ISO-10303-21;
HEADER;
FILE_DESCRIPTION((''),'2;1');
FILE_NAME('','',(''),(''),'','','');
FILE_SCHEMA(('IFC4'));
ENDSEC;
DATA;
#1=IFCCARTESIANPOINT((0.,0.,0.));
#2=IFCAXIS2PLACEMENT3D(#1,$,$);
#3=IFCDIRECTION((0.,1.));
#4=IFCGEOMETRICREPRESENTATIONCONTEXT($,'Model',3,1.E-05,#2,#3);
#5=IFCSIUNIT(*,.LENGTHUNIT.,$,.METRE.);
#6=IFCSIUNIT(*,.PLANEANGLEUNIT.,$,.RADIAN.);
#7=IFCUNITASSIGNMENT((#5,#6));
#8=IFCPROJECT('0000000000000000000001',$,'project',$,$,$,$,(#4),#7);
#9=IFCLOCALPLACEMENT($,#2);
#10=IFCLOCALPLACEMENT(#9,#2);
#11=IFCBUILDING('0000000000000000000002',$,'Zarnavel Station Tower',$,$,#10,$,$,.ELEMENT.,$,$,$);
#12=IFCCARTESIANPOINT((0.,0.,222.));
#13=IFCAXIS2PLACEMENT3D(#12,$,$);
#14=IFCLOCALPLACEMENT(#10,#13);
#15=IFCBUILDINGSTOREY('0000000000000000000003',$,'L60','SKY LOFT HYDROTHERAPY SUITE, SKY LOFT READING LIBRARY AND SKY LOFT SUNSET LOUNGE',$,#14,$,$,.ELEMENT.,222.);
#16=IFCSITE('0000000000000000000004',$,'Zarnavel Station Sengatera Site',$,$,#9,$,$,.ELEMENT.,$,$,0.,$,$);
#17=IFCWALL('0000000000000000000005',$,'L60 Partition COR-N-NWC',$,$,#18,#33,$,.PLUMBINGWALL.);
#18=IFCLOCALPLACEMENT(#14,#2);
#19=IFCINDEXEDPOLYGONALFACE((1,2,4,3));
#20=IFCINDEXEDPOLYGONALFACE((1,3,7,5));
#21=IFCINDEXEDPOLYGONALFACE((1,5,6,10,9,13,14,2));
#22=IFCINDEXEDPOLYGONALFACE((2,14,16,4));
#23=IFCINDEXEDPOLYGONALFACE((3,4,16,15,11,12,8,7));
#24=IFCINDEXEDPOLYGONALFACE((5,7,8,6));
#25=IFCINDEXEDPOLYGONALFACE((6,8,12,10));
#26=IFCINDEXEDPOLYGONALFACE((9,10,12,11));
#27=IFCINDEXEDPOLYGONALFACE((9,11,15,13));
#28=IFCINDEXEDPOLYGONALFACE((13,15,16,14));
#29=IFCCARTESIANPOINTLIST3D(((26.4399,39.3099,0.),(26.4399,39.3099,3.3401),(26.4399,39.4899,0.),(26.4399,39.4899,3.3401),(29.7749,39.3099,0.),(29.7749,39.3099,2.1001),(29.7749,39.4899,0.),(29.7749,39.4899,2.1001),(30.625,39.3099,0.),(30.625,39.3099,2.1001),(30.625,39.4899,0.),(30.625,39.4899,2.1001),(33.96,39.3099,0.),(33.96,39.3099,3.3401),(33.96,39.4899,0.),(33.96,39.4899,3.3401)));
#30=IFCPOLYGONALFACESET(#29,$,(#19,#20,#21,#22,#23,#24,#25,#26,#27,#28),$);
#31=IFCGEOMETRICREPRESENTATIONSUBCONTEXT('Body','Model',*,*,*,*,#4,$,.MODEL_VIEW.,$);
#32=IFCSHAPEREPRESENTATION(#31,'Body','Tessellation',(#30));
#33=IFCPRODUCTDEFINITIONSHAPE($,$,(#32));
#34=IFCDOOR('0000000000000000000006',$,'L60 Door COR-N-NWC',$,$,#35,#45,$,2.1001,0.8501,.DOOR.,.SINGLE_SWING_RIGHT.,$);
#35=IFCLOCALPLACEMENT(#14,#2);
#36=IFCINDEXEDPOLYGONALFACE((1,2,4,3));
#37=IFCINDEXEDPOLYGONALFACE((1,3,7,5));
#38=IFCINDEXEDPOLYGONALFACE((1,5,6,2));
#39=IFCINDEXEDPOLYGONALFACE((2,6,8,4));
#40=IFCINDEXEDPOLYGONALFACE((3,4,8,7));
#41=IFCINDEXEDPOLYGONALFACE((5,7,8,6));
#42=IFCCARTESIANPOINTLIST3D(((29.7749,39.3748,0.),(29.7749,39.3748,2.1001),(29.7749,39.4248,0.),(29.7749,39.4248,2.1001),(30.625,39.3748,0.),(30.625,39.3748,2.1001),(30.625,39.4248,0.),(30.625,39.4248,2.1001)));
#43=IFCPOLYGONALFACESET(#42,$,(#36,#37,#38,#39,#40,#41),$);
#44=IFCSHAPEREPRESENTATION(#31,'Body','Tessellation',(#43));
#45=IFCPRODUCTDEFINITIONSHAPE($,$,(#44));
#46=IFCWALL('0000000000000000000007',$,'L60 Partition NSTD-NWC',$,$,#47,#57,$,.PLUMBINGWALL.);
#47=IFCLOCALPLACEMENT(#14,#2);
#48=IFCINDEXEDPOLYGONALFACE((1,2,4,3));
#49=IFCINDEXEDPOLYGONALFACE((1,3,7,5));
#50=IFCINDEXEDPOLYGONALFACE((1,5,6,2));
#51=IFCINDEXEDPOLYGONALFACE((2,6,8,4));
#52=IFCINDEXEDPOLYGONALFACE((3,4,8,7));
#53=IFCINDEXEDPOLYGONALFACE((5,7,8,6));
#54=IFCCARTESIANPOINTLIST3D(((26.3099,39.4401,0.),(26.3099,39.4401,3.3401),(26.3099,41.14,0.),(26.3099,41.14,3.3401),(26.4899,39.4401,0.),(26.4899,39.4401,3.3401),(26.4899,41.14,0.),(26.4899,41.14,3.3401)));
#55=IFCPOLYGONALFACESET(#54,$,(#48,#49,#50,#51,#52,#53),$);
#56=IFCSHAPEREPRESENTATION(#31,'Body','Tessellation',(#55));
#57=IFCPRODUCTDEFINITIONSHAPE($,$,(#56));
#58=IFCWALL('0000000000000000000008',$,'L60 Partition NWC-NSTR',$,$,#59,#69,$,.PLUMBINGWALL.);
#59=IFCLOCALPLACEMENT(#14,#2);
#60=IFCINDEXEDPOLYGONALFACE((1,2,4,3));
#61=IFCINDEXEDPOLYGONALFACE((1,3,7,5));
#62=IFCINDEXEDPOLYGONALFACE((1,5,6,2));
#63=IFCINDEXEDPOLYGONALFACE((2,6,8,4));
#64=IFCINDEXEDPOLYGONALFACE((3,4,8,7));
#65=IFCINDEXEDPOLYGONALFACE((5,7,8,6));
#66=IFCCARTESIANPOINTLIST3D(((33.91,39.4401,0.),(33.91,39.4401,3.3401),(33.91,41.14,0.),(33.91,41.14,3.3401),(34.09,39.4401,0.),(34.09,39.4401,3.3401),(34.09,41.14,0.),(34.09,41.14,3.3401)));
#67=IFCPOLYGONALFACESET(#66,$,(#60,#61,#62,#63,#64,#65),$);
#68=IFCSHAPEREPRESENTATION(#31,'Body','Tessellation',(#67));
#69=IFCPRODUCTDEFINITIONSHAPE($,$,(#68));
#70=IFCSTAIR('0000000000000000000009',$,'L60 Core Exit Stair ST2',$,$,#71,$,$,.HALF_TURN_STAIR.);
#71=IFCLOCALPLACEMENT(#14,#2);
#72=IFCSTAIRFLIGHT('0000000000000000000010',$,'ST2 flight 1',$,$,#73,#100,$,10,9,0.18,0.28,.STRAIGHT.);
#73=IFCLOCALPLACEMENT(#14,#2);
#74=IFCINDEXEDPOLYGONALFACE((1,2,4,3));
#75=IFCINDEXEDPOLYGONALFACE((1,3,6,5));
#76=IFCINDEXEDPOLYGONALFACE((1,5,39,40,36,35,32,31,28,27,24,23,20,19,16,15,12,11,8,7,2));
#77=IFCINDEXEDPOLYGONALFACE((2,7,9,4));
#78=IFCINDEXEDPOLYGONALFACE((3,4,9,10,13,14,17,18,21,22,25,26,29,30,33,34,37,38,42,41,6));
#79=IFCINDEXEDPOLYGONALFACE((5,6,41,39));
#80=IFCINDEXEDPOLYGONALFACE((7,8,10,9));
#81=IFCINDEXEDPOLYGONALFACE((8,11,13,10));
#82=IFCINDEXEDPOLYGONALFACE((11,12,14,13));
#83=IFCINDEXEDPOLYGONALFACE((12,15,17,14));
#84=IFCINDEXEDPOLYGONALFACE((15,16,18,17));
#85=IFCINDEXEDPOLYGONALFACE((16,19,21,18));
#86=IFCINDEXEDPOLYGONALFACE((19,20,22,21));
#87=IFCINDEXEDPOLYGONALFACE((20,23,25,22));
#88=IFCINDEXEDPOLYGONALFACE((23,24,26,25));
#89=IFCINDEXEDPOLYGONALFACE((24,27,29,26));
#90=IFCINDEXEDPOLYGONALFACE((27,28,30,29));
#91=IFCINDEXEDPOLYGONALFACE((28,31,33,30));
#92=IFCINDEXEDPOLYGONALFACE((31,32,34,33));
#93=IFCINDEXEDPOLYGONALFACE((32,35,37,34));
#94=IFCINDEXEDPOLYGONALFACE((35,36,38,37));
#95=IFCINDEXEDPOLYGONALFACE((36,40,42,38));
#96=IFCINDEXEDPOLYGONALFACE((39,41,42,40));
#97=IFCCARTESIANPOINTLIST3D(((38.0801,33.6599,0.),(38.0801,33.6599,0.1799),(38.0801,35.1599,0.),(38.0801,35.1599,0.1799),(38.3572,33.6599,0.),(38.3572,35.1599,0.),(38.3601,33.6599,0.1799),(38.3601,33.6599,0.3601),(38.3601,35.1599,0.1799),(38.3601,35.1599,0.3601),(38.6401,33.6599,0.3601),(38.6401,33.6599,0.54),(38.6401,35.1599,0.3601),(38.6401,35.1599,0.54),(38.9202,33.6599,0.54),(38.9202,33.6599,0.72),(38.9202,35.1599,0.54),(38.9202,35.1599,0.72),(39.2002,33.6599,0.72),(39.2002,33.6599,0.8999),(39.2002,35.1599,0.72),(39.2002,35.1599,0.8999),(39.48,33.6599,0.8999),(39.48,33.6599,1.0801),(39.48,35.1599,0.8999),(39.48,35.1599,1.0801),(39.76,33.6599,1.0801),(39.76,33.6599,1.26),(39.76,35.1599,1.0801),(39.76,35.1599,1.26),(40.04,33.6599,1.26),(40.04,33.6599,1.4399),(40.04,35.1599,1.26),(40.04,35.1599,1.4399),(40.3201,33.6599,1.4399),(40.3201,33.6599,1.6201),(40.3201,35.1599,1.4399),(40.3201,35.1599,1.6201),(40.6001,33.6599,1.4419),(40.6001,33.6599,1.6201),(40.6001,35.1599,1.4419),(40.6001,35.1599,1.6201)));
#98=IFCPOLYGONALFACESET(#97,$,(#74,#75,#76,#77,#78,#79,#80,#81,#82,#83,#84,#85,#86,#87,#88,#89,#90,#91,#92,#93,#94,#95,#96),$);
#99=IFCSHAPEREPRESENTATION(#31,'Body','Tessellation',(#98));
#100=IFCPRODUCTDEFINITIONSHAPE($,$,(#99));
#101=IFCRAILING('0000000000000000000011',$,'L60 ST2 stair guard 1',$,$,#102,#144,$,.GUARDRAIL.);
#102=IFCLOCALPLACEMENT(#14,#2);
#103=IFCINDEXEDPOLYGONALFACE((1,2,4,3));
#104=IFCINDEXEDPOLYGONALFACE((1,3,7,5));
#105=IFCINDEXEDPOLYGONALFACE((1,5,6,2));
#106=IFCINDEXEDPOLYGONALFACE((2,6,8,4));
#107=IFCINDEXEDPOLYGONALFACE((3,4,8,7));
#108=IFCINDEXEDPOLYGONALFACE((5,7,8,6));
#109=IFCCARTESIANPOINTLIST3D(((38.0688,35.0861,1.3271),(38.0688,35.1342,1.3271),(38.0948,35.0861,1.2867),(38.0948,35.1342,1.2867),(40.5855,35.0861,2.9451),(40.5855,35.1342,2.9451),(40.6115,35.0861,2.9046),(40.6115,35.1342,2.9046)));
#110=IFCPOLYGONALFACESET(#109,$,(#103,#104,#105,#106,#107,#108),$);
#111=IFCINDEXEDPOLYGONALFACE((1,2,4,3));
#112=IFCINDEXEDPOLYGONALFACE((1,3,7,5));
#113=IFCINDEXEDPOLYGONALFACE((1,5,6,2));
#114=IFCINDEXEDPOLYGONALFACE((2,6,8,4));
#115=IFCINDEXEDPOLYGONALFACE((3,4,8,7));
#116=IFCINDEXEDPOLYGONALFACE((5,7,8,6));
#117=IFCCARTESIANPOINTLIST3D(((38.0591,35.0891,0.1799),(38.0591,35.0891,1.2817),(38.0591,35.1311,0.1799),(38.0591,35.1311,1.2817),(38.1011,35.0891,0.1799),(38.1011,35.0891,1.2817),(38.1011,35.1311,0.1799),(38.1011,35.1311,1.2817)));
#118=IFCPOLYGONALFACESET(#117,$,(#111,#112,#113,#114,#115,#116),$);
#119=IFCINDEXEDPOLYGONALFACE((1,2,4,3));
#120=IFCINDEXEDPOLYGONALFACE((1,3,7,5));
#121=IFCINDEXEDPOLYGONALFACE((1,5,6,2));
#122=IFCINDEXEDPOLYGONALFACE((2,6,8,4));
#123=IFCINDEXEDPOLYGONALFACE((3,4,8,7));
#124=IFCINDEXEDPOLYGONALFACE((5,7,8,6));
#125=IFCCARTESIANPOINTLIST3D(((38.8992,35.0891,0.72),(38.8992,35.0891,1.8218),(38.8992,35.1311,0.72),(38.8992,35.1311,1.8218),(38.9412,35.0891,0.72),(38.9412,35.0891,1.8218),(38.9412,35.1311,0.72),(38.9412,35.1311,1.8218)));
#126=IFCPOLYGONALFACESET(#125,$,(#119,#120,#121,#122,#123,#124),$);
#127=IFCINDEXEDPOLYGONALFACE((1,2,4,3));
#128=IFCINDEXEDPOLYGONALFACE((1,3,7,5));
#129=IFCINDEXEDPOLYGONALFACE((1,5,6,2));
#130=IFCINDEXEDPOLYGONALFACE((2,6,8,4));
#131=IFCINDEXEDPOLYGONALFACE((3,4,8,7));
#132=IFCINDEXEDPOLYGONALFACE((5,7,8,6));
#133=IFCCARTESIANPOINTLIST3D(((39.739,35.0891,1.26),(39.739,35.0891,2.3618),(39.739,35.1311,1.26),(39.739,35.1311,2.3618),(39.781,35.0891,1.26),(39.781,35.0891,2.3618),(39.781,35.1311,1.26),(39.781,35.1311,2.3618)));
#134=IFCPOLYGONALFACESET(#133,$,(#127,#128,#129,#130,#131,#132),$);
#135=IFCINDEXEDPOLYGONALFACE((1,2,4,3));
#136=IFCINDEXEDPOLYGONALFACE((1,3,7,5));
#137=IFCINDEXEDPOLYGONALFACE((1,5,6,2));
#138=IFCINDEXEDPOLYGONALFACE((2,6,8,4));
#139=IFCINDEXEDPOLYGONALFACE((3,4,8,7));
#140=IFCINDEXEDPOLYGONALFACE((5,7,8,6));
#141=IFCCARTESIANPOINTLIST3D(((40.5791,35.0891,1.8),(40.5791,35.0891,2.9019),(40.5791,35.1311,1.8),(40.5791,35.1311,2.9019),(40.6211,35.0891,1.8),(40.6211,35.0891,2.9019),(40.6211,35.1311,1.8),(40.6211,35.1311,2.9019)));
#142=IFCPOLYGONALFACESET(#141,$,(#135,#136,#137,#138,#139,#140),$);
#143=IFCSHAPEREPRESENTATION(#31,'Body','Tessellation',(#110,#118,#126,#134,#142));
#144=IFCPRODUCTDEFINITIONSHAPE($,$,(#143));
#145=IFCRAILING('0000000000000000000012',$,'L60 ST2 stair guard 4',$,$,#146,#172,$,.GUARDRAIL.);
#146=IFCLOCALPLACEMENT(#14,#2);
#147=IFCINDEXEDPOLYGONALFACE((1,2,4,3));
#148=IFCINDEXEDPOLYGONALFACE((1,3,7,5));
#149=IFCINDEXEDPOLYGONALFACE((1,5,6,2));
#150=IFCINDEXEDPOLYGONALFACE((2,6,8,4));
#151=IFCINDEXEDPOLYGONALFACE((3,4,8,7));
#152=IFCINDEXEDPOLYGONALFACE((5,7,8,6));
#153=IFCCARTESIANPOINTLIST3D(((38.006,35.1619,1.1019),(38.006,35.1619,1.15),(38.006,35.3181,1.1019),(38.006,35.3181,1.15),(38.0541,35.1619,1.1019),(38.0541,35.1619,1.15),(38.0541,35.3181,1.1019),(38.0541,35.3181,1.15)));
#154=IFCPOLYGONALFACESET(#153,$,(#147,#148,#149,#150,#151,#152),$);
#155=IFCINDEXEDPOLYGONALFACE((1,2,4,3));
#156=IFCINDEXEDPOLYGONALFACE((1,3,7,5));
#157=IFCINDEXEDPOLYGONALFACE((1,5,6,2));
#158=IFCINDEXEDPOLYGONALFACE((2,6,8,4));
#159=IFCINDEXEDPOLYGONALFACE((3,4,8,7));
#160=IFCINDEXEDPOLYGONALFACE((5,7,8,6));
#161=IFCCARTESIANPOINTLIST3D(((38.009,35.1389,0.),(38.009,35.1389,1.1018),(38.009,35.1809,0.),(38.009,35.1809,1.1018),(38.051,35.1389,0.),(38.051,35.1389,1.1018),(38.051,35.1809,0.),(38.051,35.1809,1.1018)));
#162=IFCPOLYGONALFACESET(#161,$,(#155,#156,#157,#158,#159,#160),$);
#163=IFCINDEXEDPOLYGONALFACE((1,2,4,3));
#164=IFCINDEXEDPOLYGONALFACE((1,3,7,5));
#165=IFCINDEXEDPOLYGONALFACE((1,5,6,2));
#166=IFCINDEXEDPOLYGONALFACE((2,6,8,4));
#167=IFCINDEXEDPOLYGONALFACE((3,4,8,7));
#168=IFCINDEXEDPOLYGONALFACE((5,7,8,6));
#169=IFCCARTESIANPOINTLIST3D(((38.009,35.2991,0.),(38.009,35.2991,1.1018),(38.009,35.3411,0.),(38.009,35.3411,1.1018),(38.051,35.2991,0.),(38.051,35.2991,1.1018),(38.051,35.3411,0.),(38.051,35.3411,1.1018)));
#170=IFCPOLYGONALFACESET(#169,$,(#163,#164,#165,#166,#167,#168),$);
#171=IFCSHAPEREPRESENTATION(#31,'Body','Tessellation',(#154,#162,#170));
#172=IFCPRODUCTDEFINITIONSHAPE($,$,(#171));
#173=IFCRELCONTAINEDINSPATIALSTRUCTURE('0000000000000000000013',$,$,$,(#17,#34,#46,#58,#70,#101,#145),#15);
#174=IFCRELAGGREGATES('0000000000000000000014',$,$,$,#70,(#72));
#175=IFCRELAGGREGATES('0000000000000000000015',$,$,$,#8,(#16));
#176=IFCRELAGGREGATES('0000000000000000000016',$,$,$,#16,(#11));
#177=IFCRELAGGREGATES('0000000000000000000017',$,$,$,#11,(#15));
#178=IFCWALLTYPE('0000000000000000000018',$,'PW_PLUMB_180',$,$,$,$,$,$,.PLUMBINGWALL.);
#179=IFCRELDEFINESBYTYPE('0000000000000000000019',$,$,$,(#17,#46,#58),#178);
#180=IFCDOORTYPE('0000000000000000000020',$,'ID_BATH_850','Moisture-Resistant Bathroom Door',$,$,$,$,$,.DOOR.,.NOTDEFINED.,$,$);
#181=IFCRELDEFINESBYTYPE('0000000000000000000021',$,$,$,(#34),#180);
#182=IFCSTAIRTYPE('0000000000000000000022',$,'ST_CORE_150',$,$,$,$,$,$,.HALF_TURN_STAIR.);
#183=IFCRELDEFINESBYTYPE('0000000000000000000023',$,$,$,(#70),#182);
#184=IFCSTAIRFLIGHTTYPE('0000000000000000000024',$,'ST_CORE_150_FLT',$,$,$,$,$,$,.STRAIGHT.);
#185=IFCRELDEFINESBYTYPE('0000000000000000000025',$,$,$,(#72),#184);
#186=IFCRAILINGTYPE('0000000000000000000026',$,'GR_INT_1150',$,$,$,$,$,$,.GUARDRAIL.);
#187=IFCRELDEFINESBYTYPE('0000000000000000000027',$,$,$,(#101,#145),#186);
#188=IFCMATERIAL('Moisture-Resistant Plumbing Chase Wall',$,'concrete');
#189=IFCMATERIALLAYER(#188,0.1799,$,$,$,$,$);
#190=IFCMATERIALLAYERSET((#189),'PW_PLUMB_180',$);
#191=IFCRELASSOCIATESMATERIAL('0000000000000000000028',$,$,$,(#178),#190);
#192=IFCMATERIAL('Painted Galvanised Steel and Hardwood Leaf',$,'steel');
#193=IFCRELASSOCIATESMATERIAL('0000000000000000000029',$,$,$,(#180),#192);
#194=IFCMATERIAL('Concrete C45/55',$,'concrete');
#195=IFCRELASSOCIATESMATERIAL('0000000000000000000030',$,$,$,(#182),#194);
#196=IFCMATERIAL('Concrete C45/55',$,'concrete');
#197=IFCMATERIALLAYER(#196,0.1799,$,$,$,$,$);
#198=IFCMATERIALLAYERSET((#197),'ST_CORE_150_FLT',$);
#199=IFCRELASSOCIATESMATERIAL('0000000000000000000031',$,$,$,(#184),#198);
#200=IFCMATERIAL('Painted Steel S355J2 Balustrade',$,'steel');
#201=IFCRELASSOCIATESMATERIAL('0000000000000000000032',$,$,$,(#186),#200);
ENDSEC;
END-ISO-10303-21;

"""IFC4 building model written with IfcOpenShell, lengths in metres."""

from ifc_helpers import new_model, si_unit, direction, frame, frame_2d, origin, origin_2d, place, context, subcontext, project, spatial, polyline, rectangle, outline, extrude, material, layer, layer_set, type_object, element, fill, aggregate, save


model = new_model("IFC4")

# Units and contexts
model_context = context("Model", 3, precision=1e-05, world=origin(), true_north=direction((0.0, 1.0)))
body_context = subcontext(model_context, "Body", "Model", "MODEL_VIEW")
ifc_project = project(units=[si_unit("LENGTHUNIT", "METRE"), si_unit("PLANEANGLEUNIT", "RADIAN")], contexts=[model_context])

# Site, building, storey
site_placement = place(None, origin())
site = spatial("IfcSite", under=ifc_project, at=site_placement, Name="Zarnavel Station Sengatera Site", CompositionType="ELEMENT", RefElevation=0.0)
building_placement = place(site_placement, origin())
building = spatial("IfcBuilding", under=site, at=building_placement, Name="Zarnavel Station Tower", CompositionType="ELEMENT")
storey_placement = place(building_placement, frame((0.0, 0.0, 222.0)))
storey = spatial("IfcBuildingStorey", under=building, at=storey_placement, Name="L60", Description="SKY LOFT HYDROTHERAPY SUITE, SKY LOFT READING LIBRARY AND SKY LOFT SUNSET LOUNGE", CompositionType="ELEMENT", Elevation=222.0)

# Wall, opening, door
ifc_material_1 = material(Name="Moisture-Resistant Plumbing Chase Wall", Category="concrete")
ifc_layer_1 = layer(ifc_material_1, 0.1799)
ifc_layer_set_1 = layer_set([ifc_layer_1], Name="PW_PLUMB_180")
wall_type_1 = type_object("IfcWallType", Name="PW_PLUMB_180", PredefinedType="PLUMBINGWALL", material=ifc_layer_set_1)
wall_1_placement = place(storey_placement, frame((26.4399, 39.3999, 0.0), z_axis=(0.0, 0.0, 1.0), x_axis=(1.0, 0.0, 0.0)))
wall_1 = element("IfcWall", 1, at=wall_1_placement, inside=storey, type_object=wall_type_1, Name="L60 Partition COR-N-NWC", PredefinedType="PLUMBINGWALL", context=body_context, shape_type="SweptSolid", body=[
    extrude(rectangle(XDim=7.52, YDim=0.1799, at=frame_2d((3.76, 0.0))), origin(), (0.0, 0.0, 1.0), 3.3401),
])
opening_1_placement = place(wall_1_placement, frame((3.335, 0.0, 0.0)))
opening_1 = element("IfcOpeningElement", 2, at=opening_1_placement, cuts=wall_1, PredefinedType="OPENING", context=body_context, shape_type="SweptSolid", body=[
    extrude(rectangle(XDim=0.8501, YDim=2.1001, at=frame_2d((0.425, 1.05))), frame((0.0, 0.0999, 0.0), z_axis=(0.0, -1.0, 0.0), x_axis=(1.0, 0.0, 0.0)), (0.0, 0.0, 1.0), 0.2),
])
ifc_material_2 = material(Name="Painted Galvanised Steel and Hardwood Leaf", Category="steel")
door_type_1 = type_object("IfcDoorType", Name="ID_BATH_850", Description="Moisture-Resistant Bathroom Door", OperationType="NOTDEFINED", PredefinedType="DOOR", material=ifc_material_2)
door_1_placement = place(opening_1_placement, origin())
door_1 = element("IfcDoor", 3, at=door_1_placement, inside=storey, type_object=door_type_1, Name="L60 Door COR-N-NWC", OperationType="SINGLE_SWING_RIGHT", OverallHeight=2.1001, OverallWidth=0.8501, PredefinedType="DOOR", context=body_context, shape_type="SweptSolid", body=[
    extrude(rectangle(XDim=0.8501, YDim=2.1001, at=frame_2d((0.425, 1.05))), frame((0.0, 0.0249, 0.0), z_axis=(0.0, -1.0, 0.0), x_axis=(1.0, 0.0, 0.0)), (0.0, 0.0, 1.0), 0.05),
])
fill(opening_1, door_1)

# Walls
for number, where, z_axis, x_axis, name in (
    (4, (26.3999, 39.4399, 0.0), (0.0, 0.0, 1.0), (0.0, 1.0, 0.0), "L60 Partition NSTD-NWC"),
    (5, (34.0, 39.4399, 0.0), (0.0, 0.0, 1.0), (0.0, 1.0, 0.0), "L60 Partition NWC-NSTR"),
):
    element("IfcWall", number, at=place(storey_placement, frame(where, z_axis=z_axis, x_axis=x_axis)), inside=storey, type_object=wall_type_1, Name=name, PredefinedType="PLUMBINGWALL", context=body_context, shape_type="SweptSolid", body=[
        extrude(rectangle(XDim=1.7, YDim=0.1799, at=frame_2d((0.8501, 0.0))), origin(), (0.0, 0.0, 1.0), 3.3401),
    ])

# Stair, stair flight
ifc_material_3 = material(Name="Concrete C45/55", Category="concrete")
stair_type = type_object("IfcStairType", Name="ST_CORE_150", PredefinedType="HALF_TURN_STAIR", material=ifc_material_3)
stair_placement = place(storey_placement, origin())
stair = element("IfcStair", 6, at=stair_placement, inside=storey, type_object=stair_type, Name="L60 Core Exit Stair ST2", PredefinedType="HALF_TURN_STAIR")
ifc_material_4 = material(Name="Concrete C45/55", Category="concrete")
ifc_layer_2 = layer(ifc_material_4, 0.1799)
ifc_layer_set_2 = layer_set([ifc_layer_2], Name="ST_CORE_150_FLT")
stair_flight_type = type_object("IfcStairFlightType", Name="ST_CORE_150_FLT", PredefinedType="STRAIGHT", material=ifc_layer_set_2)
stair_flight_placement = place(storey_placement, frame((38.0801, 34.4099, 0.0), z_axis=(0.0, 0.0, 1.0), x_axis=(1.0, 0.0, 0.0)))
stair_flight = element("IfcStairFlight", 7, at=stair_flight_placement, type_object=stair_flight_type, Name="ST2 flight 1", NumberOfRisers=10, NumberOfTreads=9, PredefinedType="STRAIGHT", RiserHeight=0.18, TreadLength=0.28, context=body_context, shape_type="SweptSolid", body=[
    extrude(outline(polyline([(0.0, 0.0), (0.0, 0.1799), (0.28, 0.1799), (0.28, 0.3601), (0.5601, 0.3601), (0.5601, 0.54), (0.8401, 0.54), (0.8401, 0.72), (1.1201, 0.72), (1.1201, 0.8999), (1.3999, 0.8999), (1.3999, 1.0801), (1.6799, 1.0801), (1.6799, 1.26), (1.96, 1.26), (1.96, 1.4399), (2.24, 1.4399), (2.24, 1.6201), (2.52, 1.6201), (2.52, 1.8), (2.52, 1.4419), (0.2771, 0.0), (0.0, 0.0)])), frame((0.0, 0.75, 0.0), z_axis=(0.0, -1.0, 0.0), x_axis=(1.0, 0.0, 0.0)), (0.0, 0.0, 1.0), 1.5),
])
aggregate(stair, [stair_flight])

# Railings
ifc_material_5 = material(Name="Painted Steel S355J2 Balustrade", Category="steel")
railing_type_1 = type_object("IfcRailingType", Name="GR_INT_1150", PredefinedType="GUARDRAIL", material=ifc_material_5)
railing_1_placement = place(storey_placement, frame((38.0801, 35.1101, 0.1799)))
element("IfcRailing", 8, at=railing_1_placement, inside=storey, type_object=railing_type_1, Name="L60 ST2 stair guard 1", PredefinedType="GUARDRAIL", context=body_context, shape_type="SweptSolid", body=[
    extrude(rectangle(XDim=0.0481, YDim=0.0481, at=origin_2d()), frame((0.0017, 0.0, 1.127), z_axis=(0.841163, 0.0, 0.540782), x_axis=(0.0, 1.0, 0.0)), (0.0, 0.0, 1.0), 2.9919),
    extrude(rectangle(XDim=0.042, YDim=0.042, at=origin_2d()), origin(), (0.0, 0.0, 1.0), 1.1018),
    extrude(rectangle(XDim=0.042, YDim=0.042, at=origin_2d()), frame((0.8401, 0.0, 0.54)), (0.0, 0.0, 1.0), 1.1018),
    extrude(rectangle(XDim=0.042, YDim=0.042, at=origin_2d()), frame((1.6799, 0.0, 1.0801)), (0.0, 0.0, 1.0), 1.1018),
    extrude(rectangle(XDim=0.042, YDim=0.042, at=origin_2d()), frame((2.52, 0.0, 1.6201)), (0.0, 0.0, 1.0), 1.1018),
])
railing_2_placement = place(storey_placement, frame((38.03, 35.1599, 0.0)))
element("IfcRailing", 9, at=railing_2_placement, inside=storey, type_object=railing_type_1, Name="L60 ST2 stair guard 4", PredefinedType="GUARDRAIL", context=body_context, shape_type="SweptSolid", body=[
    extrude(rectangle(XDim=0.0481, YDim=0.0481, at=origin_2d()), frame((0.0, 0.002, 1.126), z_axis=(0.0, 1.0, 0.0), x_axis=(-1.0, 0.0, 0.0)), (0.0, 0.0, 1.0), 0.1562),
    extrude(rectangle(XDim=0.042, YDim=0.042, at=origin_2d()), origin(), (0.0, 0.0, 1.0), 1.1018),
    extrude(rectangle(XDim=0.042, YDim=0.042, at=origin_2d()), frame((0.0, 0.1602, 0.0)), (0.0, 0.0, 1.0), 1.1018),
])

save(model, "model.ifc")
